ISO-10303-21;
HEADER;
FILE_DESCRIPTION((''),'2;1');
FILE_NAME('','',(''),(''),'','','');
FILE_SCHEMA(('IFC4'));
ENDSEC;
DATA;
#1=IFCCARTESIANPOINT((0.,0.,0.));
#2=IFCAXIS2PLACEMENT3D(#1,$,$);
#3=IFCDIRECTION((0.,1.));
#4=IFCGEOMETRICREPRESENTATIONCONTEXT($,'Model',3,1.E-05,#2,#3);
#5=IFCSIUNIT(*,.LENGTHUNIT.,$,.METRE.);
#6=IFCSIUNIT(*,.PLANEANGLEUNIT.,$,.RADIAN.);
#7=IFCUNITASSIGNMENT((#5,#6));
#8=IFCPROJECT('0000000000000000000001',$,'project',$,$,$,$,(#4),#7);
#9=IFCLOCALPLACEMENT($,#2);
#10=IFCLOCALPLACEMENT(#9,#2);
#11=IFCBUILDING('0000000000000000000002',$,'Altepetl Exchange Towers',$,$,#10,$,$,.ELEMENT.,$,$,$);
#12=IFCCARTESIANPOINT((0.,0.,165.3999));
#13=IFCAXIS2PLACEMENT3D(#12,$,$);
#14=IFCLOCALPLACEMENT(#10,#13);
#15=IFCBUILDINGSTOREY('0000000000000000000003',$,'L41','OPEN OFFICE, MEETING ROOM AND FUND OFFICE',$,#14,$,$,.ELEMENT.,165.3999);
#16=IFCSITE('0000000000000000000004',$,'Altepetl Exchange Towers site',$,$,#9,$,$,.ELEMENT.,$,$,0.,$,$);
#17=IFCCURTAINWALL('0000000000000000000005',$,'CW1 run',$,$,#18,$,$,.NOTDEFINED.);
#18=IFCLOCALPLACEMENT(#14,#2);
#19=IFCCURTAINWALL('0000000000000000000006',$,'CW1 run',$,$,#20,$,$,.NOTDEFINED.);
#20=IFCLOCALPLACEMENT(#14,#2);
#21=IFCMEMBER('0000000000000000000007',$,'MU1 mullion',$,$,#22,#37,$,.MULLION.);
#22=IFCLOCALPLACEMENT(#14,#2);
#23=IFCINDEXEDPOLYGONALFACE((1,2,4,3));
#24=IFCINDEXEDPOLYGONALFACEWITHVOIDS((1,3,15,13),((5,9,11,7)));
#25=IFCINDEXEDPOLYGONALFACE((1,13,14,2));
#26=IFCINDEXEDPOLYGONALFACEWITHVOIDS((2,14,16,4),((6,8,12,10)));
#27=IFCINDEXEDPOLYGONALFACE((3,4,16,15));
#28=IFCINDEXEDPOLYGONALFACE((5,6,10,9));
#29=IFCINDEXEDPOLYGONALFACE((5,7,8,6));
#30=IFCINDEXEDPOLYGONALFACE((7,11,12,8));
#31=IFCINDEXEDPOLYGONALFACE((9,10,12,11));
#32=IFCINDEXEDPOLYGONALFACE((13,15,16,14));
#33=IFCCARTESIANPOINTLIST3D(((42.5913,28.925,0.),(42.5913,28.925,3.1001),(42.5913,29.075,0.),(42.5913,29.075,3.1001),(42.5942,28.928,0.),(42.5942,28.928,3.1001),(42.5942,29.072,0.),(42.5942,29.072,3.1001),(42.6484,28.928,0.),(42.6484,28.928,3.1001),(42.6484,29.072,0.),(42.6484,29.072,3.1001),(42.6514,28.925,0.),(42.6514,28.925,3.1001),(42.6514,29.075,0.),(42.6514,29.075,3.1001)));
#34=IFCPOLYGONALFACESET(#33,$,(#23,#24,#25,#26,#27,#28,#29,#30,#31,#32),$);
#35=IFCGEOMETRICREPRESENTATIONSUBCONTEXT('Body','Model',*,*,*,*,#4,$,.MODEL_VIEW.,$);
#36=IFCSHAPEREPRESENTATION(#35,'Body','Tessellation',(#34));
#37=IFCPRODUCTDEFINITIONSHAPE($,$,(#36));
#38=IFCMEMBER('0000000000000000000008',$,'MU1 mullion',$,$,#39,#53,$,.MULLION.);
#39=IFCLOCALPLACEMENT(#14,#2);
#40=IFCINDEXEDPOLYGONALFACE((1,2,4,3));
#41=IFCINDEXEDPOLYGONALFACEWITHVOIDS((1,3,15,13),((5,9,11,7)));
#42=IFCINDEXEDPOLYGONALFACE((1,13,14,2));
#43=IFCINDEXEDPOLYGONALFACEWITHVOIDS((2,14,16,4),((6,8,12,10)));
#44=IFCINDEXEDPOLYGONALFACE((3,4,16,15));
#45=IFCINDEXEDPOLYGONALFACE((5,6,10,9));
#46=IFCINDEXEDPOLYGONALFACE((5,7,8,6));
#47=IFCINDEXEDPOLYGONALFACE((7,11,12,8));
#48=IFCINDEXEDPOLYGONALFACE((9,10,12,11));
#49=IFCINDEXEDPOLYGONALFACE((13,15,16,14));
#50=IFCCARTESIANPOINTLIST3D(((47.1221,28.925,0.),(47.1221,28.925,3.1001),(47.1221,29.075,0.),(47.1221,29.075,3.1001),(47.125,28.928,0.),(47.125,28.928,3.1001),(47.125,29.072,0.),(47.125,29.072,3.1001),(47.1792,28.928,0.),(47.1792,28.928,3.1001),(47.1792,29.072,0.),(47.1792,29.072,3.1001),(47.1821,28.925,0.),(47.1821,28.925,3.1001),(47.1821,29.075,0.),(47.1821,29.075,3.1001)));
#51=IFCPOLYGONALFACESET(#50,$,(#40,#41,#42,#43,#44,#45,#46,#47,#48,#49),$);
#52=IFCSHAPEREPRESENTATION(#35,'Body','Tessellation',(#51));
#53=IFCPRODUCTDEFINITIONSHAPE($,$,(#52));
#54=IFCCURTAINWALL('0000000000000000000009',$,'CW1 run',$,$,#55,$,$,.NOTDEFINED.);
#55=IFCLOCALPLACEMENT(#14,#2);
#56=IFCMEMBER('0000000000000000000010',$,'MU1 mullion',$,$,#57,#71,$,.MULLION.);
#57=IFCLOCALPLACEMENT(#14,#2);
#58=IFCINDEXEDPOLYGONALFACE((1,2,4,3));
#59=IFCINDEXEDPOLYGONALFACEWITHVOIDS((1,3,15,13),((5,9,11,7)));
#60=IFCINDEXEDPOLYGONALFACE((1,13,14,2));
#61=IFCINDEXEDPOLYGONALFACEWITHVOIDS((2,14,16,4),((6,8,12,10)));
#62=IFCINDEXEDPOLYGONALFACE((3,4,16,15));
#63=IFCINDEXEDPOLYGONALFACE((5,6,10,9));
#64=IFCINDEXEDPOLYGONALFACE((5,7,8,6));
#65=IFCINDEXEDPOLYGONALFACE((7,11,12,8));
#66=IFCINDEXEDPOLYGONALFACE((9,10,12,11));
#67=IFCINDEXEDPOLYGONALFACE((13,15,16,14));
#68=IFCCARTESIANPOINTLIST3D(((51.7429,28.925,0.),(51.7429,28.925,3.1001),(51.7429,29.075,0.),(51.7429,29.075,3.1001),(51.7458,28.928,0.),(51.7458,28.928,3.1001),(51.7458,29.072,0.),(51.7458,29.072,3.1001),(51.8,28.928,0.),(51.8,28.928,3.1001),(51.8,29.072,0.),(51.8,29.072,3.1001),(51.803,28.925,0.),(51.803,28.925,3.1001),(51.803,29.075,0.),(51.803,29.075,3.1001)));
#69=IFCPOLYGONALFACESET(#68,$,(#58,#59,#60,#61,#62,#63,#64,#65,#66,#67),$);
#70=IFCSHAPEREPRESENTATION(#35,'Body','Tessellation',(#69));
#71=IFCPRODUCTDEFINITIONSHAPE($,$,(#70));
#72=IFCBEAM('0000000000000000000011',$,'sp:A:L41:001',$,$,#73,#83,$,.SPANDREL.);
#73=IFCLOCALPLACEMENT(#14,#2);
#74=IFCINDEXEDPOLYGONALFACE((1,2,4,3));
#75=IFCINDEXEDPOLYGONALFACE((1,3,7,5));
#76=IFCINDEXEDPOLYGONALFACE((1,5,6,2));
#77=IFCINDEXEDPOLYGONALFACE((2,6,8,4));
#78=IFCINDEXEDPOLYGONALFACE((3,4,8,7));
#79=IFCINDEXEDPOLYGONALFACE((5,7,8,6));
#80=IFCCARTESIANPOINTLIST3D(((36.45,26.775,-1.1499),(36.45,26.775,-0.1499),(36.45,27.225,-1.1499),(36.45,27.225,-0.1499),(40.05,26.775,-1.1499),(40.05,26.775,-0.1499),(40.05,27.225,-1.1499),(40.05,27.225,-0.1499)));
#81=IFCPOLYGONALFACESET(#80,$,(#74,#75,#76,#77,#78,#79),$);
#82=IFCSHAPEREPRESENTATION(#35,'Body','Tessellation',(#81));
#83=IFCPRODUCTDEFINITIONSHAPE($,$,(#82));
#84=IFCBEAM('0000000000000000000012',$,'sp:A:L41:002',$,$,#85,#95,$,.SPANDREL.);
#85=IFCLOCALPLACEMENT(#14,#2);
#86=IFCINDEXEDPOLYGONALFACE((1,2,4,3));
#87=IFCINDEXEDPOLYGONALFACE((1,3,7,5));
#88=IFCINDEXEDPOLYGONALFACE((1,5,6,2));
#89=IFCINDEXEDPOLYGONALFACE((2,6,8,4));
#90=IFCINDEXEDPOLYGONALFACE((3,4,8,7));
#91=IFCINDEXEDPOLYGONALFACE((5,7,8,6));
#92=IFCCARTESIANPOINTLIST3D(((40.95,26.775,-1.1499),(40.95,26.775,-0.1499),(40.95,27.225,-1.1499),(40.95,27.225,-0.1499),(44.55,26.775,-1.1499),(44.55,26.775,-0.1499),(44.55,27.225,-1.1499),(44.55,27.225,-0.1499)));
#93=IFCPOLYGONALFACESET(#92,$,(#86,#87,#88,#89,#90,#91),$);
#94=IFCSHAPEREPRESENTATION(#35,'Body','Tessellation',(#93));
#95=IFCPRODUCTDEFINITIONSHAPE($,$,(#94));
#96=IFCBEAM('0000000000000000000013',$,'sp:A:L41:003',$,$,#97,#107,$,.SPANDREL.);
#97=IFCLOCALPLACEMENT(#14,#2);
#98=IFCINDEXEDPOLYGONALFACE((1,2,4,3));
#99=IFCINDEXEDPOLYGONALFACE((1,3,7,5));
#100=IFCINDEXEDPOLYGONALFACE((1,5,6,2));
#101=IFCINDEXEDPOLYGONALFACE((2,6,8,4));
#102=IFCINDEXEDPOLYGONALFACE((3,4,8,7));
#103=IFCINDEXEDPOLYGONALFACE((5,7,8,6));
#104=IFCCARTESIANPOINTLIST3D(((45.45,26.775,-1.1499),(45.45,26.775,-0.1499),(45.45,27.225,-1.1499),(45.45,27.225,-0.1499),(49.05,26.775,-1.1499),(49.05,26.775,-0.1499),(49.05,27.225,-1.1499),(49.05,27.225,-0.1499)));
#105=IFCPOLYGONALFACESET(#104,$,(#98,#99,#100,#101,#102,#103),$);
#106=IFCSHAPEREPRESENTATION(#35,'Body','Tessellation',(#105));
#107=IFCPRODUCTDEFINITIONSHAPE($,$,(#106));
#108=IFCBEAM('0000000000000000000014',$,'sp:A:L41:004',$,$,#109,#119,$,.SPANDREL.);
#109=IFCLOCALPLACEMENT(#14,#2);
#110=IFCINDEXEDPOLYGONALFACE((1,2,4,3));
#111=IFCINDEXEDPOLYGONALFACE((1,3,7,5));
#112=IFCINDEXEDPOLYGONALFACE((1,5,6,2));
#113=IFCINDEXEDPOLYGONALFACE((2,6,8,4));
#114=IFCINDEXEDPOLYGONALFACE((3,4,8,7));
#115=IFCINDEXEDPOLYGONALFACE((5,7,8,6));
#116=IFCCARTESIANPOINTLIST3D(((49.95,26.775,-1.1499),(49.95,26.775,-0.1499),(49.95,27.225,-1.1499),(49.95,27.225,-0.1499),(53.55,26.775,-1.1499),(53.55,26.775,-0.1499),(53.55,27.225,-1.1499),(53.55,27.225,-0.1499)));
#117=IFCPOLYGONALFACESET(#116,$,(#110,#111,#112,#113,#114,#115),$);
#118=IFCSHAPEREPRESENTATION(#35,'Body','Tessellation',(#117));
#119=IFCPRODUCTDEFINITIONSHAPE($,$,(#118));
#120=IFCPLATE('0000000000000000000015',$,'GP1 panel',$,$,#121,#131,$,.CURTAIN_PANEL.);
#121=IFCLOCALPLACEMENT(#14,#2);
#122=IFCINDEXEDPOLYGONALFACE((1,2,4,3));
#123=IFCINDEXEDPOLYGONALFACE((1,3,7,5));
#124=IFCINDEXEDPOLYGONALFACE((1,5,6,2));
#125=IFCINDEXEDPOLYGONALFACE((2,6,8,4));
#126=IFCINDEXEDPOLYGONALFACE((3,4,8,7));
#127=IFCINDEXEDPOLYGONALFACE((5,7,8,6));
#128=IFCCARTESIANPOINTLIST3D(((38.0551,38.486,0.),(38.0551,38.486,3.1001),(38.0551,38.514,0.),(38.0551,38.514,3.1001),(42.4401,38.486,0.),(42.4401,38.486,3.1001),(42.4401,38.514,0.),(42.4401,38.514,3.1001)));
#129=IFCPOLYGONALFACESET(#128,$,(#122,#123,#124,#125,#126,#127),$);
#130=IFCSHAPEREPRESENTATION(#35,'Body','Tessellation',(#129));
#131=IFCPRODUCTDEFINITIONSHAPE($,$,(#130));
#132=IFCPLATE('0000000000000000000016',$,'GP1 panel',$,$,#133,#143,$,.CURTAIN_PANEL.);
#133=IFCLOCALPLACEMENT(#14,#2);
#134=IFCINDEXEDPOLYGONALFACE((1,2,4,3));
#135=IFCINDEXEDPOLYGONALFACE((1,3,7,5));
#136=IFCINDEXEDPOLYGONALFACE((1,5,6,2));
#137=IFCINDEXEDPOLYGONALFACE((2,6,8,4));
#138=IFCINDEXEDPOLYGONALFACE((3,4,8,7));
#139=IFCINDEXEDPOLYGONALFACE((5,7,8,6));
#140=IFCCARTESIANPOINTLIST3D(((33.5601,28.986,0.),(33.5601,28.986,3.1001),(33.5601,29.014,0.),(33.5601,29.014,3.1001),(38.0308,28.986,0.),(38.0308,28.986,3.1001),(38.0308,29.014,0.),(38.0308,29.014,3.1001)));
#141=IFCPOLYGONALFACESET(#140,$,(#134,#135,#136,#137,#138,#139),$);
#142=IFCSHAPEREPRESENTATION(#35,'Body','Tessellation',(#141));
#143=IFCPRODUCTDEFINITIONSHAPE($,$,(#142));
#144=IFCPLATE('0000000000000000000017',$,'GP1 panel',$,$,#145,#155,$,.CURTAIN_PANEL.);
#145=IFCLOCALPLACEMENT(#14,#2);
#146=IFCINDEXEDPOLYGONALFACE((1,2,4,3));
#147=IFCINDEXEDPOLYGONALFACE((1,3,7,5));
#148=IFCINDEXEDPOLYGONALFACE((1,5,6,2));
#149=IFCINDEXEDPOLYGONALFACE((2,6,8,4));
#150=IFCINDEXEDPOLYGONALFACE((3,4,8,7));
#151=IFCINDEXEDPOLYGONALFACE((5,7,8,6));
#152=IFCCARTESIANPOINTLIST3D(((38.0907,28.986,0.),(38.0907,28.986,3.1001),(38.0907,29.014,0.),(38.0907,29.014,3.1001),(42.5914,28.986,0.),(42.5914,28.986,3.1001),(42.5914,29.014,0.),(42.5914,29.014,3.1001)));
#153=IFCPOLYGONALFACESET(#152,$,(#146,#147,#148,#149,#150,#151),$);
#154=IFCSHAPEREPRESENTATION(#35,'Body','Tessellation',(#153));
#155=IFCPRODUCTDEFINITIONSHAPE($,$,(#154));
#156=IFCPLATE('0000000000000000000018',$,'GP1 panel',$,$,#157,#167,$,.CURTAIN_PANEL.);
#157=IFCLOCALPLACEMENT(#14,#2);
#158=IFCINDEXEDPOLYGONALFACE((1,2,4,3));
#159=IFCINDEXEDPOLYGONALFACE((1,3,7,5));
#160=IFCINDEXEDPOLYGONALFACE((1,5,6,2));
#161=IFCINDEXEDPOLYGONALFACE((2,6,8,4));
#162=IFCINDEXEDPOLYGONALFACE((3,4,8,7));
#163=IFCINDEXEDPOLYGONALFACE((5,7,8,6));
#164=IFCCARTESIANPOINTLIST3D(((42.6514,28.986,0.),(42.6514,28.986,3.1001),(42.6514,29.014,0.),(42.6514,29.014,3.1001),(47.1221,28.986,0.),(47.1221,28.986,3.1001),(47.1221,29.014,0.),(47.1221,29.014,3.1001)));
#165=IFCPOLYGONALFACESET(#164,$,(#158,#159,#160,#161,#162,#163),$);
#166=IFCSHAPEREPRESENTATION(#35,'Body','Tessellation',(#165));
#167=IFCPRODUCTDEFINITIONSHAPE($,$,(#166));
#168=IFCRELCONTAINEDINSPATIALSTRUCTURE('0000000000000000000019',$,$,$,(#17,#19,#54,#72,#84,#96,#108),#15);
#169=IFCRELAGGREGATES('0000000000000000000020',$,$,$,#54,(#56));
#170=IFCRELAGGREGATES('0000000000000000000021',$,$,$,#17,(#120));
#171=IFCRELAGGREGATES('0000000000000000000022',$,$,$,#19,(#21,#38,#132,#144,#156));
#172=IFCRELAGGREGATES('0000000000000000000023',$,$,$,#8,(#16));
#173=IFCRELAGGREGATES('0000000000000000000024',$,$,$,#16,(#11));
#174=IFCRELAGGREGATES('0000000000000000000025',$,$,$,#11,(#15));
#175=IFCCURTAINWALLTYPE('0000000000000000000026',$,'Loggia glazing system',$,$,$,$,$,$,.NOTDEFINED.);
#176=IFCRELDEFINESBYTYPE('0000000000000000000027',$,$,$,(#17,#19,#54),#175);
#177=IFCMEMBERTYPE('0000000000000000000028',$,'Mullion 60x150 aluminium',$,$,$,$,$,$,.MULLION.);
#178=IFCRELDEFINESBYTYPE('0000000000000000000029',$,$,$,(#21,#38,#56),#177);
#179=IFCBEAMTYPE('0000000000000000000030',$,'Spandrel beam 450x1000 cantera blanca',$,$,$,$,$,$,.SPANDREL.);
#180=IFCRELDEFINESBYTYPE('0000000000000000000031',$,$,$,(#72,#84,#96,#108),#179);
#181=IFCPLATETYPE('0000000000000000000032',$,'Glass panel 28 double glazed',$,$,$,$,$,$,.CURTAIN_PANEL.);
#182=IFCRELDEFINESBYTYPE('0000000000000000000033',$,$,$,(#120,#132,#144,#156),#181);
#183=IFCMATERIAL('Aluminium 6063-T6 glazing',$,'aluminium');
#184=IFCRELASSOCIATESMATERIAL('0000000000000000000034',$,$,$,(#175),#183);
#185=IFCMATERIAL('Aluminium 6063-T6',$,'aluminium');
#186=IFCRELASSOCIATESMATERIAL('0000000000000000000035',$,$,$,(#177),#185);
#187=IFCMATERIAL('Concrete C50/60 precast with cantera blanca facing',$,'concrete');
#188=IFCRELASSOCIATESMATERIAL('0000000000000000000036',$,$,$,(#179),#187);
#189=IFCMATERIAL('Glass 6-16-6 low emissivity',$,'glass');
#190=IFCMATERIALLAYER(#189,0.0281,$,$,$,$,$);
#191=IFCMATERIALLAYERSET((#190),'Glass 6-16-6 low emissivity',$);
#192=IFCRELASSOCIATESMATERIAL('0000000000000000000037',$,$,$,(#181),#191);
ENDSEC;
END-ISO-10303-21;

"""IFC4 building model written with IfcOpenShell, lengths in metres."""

from ifc_helpers import new_model, si_unit, direction, frame, origin, origin_2d, place, context, subcontext, project, spatial, rectangle, hollow_rectangle, extrude, material, layer, layer_set, material_profile, profile_set, type_object, element, aggregate, save


model = new_model("IFC4")

# Units and contexts
model_context = context("Model", 3, precision=1e-05, world=origin(), true_north=direction((0.0, 1.0)))
body_context = subcontext(model_context, "Body", "Model", "MODEL_VIEW")
ifc_project = project(units=[si_unit("LENGTHUNIT", "METRE"), si_unit("PLANEANGLEUNIT", "RADIAN")], contexts=[model_context])

# Site, building, storey
site_placement = place(None, origin())
site = spatial("IfcSite", under=ifc_project, at=site_placement, Name="Altepetl Exchange Towers site", CompositionType="ELEMENT", RefElevation=0.0)
building_placement = place(site_placement, origin())
building = spatial("IfcBuilding", under=site, at=building_placement, Name="Altepetl Exchange Towers", CompositionType="ELEMENT")
storey_placement = place(building_placement, frame((0.0, 0.0, 165.3999)))
storey = spatial("IfcBuildingStorey", under=building, at=storey_placement, Name="L41", Description="OPEN OFFICE, MEETING ROOM AND FUND OFFICE", CompositionType="ELEMENT", Elevation=165.3999)

# Curtain walls, members
ifc_material_1 = material(Name="Aluminium 6063-T6 glazing", Category="aluminium")
curtain_wall_type = type_object("IfcCurtainWallType", Name="Loggia glazing system", PredefinedType="NOTDEFINED", material=ifc_material_1)
curtain_wall_1_placement = place(storey_placement, origin())
curtain_wall_1 = element("IfcCurtainWall", 1, at=curtain_wall_1_placement, inside=storey, type_object=curtain_wall_type, Name="CW1 run", PredefinedType="NOTDEFINED")
ifc_material_2 = material(Name="Aluminium 6063-T6", Category="aluminium")
ifc_material_profile_1 = material_profile(ifc_material_2, hollow_rectangle(XDim=0.0601, YDim=0.1499, WallThickness=0.0029, at=origin_2d()), Name="Mullion 60x150 aluminium")
ifc_profile_set_1 = profile_set([ifc_material_profile_1], Name="Aluminium 6063-T6")
member_type = type_object("IfcMemberType", Name="Mullion 60x150 aluminium", PredefinedType="MULLION", material=ifc_profile_set_1)
curtain_wall_2_placement = place(storey_placement, origin())
curtain_wall_2 = element("IfcCurtainWall", 2, at=curtain_wall_2_placement, inside=storey, type_object=curtain_wall_type, Name="CW1 run", PredefinedType="NOTDEFINED")
member_1_placement = place(storey_placement, frame((42.6213, 29.0, 0.0)))
member_1 = element("IfcMember", 3, at=member_1_placement, type_object=member_type, Name="MU1 mullion", PredefinedType="MULLION", context=body_context, shape_type="SweptSolid", body=[
    extrude(hollow_rectangle(XDim=0.0601, YDim=0.1499, WallThickness=0.0029, at=origin_2d()), origin(), (0.0, 0.0, 1.0), 3.1001),
])
member_2_placement = place(storey_placement, frame((47.1521, 29.0, 0.0)))
member_2 = element("IfcMember", 4, at=member_2_placement, type_object=member_type, Name="MU1 mullion", PredefinedType="MULLION", context=body_context, shape_type="SweptSolid", body=[
    extrude(hollow_rectangle(XDim=0.0601, YDim=0.1499, WallThickness=0.0029, at=origin_2d()), origin(), (0.0, 0.0, 1.0), 3.1001),
])

# Curtain wall, member
curtain_wall_3_placement = place(storey_placement, origin())
curtain_wall_3 = element("IfcCurtainWall", 5, at=curtain_wall_3_placement, inside=storey, type_object=curtain_wall_type, Name="CW1 run", PredefinedType="NOTDEFINED")
member_3_placement = place(storey_placement, frame((51.7729, 29.0, 0.0)))
member_3 = element("IfcMember", 6, at=member_3_placement, type_object=member_type, Name="MU1 mullion", PredefinedType="MULLION", context=body_context, shape_type="SweptSolid", body=[
    extrude(hollow_rectangle(XDim=0.0601, YDim=0.1499, WallThickness=0.0029, at=origin_2d()), origin(), (0.0, 0.0, 1.0), 3.1001),
])
aggregate(curtain_wall_3, [member_3])

# Beams
ifc_material_3 = material(Name="Concrete C50/60 precast with cantera blanca facing", Category="concrete")
ifc_material_profile_2 = material_profile(ifc_material_3, rectangle(XDim=0.45, YDim=1.0, at=origin_2d()), Name="450 x 1000")
ifc_profile_set_2 = profile_set([ifc_material_profile_2], Name="Concrete C50/60 precast with cantera blanca facing")
beam_type_1 = type_object("IfcBeamType", Name="Spandrel beam 450x1000 cantera blanca", PredefinedType="SPANDREL", material=ifc_profile_set_2)
for number, where, z_axis, x_axis, name in (
    (7, (36.45, 27.0, -0.6499), (1.0, 0.0, 0.0), (0.0, 1.0, 0.0), "sp:A:L41:001"),
    (8, (40.95, 27.0, -0.6499), (1.0, 0.0, 0.0), (0.0, 1.0, 0.0), "sp:A:L41:002"),
    (9, (45.45, 27.0, -0.6499), (1.0, 0.0, 0.0), (0.0, 1.0, 0.0), "sp:A:L41:003"),
    (10, (49.95, 27.0, -0.6499), (1.0, 0.0, 0.0), (0.0, 1.0, 0.0), "sp:A:L41:004"),
):
    element("IfcBeam", number, at=place(storey_placement, frame(where, z_axis=z_axis, x_axis=x_axis)), inside=storey, type_object=beam_type_1, Name=name, PredefinedType="SPANDREL", context=body_context, shape_type="SweptSolid", body=[
        extrude(rectangle(XDim=0.45, YDim=1.0, at=origin_2d()), origin(), (0.0, 0.0, 1.0), 3.6001),
    ])

# Plates
ifc_material_4 = material(Name="Glass 6-16-6 low emissivity", Category="glass")
ifc_layer_1 = layer(ifc_material_4, 0.0281)
ifc_layer_set_1 = layer_set([ifc_layer_1], Name="Glass 6-16-6 low emissivity")
plate_type = type_object("IfcPlateType", Name="Glass panel 28 double glazed", PredefinedType="CURTAIN_PANEL", material=ifc_layer_set_1)
plate_1_placement = place(storey_placement, frame((40.2476, 38.5, 0.0), z_axis=(0.0, 0.0, 1.0), x_axis=(-1.0, 0.0, 0.0)))
plate_1 = element("IfcPlate", 11, at=plate_1_placement, type_object=plate_type, Name="GP1 panel", PredefinedType="CURTAIN_PANEL", context=body_context, shape_type="SweptSolid", body=[
    extrude(rectangle(XDim=4.385, YDim=0.0281, at=origin_2d()), origin(), (0.0, 0.0, 1.0), 3.1001),
])
aggregate(curtain_wall_1, [plate_1])
plate_2_placement = place(storey_placement, frame((35.7954, 29.0, 0.0)))
plate_2 = element("IfcPlate", 12, at=plate_2_placement, type_object=plate_type, Name="GP1 panel", PredefinedType="CURTAIN_PANEL", context=body_context, shape_type="SweptSolid", body=[
    extrude(rectangle(XDim=4.4707, YDim=0.0281, at=origin_2d()), origin(), (0.0, 0.0, 1.0), 3.1001),
])
plate_3_placement = place(storey_placement, frame((40.3411, 29.0, 0.0)))
plate_3 = element("IfcPlate", 13, at=plate_3_placement, type_object=plate_type, Name="GP1 panel", PredefinedType="CURTAIN_PANEL", context=body_context, shape_type="SweptSolid", body=[
    extrude(rectangle(XDim=4.5007, YDim=0.0281, at=origin_2d()), origin(), (0.0, 0.0, 1.0), 3.1001),
])
plate_4_placement = place(storey_placement, frame((44.8867, 29.0, 0.0)))
plate_4 = element("IfcPlate", 14, at=plate_4_placement, type_object=plate_type, Name="GP1 panel", PredefinedType="CURTAIN_PANEL", context=body_context, shape_type="SweptSolid", body=[
    extrude(rectangle(XDim=4.4707, YDim=0.0281, at=origin_2d()), origin(), (0.0, 0.0, 1.0), 3.1001),
])
aggregate(curtain_wall_2, [member_1, member_2, plate_2, plate_3, plate_4])

save(model, "model.ifc")
